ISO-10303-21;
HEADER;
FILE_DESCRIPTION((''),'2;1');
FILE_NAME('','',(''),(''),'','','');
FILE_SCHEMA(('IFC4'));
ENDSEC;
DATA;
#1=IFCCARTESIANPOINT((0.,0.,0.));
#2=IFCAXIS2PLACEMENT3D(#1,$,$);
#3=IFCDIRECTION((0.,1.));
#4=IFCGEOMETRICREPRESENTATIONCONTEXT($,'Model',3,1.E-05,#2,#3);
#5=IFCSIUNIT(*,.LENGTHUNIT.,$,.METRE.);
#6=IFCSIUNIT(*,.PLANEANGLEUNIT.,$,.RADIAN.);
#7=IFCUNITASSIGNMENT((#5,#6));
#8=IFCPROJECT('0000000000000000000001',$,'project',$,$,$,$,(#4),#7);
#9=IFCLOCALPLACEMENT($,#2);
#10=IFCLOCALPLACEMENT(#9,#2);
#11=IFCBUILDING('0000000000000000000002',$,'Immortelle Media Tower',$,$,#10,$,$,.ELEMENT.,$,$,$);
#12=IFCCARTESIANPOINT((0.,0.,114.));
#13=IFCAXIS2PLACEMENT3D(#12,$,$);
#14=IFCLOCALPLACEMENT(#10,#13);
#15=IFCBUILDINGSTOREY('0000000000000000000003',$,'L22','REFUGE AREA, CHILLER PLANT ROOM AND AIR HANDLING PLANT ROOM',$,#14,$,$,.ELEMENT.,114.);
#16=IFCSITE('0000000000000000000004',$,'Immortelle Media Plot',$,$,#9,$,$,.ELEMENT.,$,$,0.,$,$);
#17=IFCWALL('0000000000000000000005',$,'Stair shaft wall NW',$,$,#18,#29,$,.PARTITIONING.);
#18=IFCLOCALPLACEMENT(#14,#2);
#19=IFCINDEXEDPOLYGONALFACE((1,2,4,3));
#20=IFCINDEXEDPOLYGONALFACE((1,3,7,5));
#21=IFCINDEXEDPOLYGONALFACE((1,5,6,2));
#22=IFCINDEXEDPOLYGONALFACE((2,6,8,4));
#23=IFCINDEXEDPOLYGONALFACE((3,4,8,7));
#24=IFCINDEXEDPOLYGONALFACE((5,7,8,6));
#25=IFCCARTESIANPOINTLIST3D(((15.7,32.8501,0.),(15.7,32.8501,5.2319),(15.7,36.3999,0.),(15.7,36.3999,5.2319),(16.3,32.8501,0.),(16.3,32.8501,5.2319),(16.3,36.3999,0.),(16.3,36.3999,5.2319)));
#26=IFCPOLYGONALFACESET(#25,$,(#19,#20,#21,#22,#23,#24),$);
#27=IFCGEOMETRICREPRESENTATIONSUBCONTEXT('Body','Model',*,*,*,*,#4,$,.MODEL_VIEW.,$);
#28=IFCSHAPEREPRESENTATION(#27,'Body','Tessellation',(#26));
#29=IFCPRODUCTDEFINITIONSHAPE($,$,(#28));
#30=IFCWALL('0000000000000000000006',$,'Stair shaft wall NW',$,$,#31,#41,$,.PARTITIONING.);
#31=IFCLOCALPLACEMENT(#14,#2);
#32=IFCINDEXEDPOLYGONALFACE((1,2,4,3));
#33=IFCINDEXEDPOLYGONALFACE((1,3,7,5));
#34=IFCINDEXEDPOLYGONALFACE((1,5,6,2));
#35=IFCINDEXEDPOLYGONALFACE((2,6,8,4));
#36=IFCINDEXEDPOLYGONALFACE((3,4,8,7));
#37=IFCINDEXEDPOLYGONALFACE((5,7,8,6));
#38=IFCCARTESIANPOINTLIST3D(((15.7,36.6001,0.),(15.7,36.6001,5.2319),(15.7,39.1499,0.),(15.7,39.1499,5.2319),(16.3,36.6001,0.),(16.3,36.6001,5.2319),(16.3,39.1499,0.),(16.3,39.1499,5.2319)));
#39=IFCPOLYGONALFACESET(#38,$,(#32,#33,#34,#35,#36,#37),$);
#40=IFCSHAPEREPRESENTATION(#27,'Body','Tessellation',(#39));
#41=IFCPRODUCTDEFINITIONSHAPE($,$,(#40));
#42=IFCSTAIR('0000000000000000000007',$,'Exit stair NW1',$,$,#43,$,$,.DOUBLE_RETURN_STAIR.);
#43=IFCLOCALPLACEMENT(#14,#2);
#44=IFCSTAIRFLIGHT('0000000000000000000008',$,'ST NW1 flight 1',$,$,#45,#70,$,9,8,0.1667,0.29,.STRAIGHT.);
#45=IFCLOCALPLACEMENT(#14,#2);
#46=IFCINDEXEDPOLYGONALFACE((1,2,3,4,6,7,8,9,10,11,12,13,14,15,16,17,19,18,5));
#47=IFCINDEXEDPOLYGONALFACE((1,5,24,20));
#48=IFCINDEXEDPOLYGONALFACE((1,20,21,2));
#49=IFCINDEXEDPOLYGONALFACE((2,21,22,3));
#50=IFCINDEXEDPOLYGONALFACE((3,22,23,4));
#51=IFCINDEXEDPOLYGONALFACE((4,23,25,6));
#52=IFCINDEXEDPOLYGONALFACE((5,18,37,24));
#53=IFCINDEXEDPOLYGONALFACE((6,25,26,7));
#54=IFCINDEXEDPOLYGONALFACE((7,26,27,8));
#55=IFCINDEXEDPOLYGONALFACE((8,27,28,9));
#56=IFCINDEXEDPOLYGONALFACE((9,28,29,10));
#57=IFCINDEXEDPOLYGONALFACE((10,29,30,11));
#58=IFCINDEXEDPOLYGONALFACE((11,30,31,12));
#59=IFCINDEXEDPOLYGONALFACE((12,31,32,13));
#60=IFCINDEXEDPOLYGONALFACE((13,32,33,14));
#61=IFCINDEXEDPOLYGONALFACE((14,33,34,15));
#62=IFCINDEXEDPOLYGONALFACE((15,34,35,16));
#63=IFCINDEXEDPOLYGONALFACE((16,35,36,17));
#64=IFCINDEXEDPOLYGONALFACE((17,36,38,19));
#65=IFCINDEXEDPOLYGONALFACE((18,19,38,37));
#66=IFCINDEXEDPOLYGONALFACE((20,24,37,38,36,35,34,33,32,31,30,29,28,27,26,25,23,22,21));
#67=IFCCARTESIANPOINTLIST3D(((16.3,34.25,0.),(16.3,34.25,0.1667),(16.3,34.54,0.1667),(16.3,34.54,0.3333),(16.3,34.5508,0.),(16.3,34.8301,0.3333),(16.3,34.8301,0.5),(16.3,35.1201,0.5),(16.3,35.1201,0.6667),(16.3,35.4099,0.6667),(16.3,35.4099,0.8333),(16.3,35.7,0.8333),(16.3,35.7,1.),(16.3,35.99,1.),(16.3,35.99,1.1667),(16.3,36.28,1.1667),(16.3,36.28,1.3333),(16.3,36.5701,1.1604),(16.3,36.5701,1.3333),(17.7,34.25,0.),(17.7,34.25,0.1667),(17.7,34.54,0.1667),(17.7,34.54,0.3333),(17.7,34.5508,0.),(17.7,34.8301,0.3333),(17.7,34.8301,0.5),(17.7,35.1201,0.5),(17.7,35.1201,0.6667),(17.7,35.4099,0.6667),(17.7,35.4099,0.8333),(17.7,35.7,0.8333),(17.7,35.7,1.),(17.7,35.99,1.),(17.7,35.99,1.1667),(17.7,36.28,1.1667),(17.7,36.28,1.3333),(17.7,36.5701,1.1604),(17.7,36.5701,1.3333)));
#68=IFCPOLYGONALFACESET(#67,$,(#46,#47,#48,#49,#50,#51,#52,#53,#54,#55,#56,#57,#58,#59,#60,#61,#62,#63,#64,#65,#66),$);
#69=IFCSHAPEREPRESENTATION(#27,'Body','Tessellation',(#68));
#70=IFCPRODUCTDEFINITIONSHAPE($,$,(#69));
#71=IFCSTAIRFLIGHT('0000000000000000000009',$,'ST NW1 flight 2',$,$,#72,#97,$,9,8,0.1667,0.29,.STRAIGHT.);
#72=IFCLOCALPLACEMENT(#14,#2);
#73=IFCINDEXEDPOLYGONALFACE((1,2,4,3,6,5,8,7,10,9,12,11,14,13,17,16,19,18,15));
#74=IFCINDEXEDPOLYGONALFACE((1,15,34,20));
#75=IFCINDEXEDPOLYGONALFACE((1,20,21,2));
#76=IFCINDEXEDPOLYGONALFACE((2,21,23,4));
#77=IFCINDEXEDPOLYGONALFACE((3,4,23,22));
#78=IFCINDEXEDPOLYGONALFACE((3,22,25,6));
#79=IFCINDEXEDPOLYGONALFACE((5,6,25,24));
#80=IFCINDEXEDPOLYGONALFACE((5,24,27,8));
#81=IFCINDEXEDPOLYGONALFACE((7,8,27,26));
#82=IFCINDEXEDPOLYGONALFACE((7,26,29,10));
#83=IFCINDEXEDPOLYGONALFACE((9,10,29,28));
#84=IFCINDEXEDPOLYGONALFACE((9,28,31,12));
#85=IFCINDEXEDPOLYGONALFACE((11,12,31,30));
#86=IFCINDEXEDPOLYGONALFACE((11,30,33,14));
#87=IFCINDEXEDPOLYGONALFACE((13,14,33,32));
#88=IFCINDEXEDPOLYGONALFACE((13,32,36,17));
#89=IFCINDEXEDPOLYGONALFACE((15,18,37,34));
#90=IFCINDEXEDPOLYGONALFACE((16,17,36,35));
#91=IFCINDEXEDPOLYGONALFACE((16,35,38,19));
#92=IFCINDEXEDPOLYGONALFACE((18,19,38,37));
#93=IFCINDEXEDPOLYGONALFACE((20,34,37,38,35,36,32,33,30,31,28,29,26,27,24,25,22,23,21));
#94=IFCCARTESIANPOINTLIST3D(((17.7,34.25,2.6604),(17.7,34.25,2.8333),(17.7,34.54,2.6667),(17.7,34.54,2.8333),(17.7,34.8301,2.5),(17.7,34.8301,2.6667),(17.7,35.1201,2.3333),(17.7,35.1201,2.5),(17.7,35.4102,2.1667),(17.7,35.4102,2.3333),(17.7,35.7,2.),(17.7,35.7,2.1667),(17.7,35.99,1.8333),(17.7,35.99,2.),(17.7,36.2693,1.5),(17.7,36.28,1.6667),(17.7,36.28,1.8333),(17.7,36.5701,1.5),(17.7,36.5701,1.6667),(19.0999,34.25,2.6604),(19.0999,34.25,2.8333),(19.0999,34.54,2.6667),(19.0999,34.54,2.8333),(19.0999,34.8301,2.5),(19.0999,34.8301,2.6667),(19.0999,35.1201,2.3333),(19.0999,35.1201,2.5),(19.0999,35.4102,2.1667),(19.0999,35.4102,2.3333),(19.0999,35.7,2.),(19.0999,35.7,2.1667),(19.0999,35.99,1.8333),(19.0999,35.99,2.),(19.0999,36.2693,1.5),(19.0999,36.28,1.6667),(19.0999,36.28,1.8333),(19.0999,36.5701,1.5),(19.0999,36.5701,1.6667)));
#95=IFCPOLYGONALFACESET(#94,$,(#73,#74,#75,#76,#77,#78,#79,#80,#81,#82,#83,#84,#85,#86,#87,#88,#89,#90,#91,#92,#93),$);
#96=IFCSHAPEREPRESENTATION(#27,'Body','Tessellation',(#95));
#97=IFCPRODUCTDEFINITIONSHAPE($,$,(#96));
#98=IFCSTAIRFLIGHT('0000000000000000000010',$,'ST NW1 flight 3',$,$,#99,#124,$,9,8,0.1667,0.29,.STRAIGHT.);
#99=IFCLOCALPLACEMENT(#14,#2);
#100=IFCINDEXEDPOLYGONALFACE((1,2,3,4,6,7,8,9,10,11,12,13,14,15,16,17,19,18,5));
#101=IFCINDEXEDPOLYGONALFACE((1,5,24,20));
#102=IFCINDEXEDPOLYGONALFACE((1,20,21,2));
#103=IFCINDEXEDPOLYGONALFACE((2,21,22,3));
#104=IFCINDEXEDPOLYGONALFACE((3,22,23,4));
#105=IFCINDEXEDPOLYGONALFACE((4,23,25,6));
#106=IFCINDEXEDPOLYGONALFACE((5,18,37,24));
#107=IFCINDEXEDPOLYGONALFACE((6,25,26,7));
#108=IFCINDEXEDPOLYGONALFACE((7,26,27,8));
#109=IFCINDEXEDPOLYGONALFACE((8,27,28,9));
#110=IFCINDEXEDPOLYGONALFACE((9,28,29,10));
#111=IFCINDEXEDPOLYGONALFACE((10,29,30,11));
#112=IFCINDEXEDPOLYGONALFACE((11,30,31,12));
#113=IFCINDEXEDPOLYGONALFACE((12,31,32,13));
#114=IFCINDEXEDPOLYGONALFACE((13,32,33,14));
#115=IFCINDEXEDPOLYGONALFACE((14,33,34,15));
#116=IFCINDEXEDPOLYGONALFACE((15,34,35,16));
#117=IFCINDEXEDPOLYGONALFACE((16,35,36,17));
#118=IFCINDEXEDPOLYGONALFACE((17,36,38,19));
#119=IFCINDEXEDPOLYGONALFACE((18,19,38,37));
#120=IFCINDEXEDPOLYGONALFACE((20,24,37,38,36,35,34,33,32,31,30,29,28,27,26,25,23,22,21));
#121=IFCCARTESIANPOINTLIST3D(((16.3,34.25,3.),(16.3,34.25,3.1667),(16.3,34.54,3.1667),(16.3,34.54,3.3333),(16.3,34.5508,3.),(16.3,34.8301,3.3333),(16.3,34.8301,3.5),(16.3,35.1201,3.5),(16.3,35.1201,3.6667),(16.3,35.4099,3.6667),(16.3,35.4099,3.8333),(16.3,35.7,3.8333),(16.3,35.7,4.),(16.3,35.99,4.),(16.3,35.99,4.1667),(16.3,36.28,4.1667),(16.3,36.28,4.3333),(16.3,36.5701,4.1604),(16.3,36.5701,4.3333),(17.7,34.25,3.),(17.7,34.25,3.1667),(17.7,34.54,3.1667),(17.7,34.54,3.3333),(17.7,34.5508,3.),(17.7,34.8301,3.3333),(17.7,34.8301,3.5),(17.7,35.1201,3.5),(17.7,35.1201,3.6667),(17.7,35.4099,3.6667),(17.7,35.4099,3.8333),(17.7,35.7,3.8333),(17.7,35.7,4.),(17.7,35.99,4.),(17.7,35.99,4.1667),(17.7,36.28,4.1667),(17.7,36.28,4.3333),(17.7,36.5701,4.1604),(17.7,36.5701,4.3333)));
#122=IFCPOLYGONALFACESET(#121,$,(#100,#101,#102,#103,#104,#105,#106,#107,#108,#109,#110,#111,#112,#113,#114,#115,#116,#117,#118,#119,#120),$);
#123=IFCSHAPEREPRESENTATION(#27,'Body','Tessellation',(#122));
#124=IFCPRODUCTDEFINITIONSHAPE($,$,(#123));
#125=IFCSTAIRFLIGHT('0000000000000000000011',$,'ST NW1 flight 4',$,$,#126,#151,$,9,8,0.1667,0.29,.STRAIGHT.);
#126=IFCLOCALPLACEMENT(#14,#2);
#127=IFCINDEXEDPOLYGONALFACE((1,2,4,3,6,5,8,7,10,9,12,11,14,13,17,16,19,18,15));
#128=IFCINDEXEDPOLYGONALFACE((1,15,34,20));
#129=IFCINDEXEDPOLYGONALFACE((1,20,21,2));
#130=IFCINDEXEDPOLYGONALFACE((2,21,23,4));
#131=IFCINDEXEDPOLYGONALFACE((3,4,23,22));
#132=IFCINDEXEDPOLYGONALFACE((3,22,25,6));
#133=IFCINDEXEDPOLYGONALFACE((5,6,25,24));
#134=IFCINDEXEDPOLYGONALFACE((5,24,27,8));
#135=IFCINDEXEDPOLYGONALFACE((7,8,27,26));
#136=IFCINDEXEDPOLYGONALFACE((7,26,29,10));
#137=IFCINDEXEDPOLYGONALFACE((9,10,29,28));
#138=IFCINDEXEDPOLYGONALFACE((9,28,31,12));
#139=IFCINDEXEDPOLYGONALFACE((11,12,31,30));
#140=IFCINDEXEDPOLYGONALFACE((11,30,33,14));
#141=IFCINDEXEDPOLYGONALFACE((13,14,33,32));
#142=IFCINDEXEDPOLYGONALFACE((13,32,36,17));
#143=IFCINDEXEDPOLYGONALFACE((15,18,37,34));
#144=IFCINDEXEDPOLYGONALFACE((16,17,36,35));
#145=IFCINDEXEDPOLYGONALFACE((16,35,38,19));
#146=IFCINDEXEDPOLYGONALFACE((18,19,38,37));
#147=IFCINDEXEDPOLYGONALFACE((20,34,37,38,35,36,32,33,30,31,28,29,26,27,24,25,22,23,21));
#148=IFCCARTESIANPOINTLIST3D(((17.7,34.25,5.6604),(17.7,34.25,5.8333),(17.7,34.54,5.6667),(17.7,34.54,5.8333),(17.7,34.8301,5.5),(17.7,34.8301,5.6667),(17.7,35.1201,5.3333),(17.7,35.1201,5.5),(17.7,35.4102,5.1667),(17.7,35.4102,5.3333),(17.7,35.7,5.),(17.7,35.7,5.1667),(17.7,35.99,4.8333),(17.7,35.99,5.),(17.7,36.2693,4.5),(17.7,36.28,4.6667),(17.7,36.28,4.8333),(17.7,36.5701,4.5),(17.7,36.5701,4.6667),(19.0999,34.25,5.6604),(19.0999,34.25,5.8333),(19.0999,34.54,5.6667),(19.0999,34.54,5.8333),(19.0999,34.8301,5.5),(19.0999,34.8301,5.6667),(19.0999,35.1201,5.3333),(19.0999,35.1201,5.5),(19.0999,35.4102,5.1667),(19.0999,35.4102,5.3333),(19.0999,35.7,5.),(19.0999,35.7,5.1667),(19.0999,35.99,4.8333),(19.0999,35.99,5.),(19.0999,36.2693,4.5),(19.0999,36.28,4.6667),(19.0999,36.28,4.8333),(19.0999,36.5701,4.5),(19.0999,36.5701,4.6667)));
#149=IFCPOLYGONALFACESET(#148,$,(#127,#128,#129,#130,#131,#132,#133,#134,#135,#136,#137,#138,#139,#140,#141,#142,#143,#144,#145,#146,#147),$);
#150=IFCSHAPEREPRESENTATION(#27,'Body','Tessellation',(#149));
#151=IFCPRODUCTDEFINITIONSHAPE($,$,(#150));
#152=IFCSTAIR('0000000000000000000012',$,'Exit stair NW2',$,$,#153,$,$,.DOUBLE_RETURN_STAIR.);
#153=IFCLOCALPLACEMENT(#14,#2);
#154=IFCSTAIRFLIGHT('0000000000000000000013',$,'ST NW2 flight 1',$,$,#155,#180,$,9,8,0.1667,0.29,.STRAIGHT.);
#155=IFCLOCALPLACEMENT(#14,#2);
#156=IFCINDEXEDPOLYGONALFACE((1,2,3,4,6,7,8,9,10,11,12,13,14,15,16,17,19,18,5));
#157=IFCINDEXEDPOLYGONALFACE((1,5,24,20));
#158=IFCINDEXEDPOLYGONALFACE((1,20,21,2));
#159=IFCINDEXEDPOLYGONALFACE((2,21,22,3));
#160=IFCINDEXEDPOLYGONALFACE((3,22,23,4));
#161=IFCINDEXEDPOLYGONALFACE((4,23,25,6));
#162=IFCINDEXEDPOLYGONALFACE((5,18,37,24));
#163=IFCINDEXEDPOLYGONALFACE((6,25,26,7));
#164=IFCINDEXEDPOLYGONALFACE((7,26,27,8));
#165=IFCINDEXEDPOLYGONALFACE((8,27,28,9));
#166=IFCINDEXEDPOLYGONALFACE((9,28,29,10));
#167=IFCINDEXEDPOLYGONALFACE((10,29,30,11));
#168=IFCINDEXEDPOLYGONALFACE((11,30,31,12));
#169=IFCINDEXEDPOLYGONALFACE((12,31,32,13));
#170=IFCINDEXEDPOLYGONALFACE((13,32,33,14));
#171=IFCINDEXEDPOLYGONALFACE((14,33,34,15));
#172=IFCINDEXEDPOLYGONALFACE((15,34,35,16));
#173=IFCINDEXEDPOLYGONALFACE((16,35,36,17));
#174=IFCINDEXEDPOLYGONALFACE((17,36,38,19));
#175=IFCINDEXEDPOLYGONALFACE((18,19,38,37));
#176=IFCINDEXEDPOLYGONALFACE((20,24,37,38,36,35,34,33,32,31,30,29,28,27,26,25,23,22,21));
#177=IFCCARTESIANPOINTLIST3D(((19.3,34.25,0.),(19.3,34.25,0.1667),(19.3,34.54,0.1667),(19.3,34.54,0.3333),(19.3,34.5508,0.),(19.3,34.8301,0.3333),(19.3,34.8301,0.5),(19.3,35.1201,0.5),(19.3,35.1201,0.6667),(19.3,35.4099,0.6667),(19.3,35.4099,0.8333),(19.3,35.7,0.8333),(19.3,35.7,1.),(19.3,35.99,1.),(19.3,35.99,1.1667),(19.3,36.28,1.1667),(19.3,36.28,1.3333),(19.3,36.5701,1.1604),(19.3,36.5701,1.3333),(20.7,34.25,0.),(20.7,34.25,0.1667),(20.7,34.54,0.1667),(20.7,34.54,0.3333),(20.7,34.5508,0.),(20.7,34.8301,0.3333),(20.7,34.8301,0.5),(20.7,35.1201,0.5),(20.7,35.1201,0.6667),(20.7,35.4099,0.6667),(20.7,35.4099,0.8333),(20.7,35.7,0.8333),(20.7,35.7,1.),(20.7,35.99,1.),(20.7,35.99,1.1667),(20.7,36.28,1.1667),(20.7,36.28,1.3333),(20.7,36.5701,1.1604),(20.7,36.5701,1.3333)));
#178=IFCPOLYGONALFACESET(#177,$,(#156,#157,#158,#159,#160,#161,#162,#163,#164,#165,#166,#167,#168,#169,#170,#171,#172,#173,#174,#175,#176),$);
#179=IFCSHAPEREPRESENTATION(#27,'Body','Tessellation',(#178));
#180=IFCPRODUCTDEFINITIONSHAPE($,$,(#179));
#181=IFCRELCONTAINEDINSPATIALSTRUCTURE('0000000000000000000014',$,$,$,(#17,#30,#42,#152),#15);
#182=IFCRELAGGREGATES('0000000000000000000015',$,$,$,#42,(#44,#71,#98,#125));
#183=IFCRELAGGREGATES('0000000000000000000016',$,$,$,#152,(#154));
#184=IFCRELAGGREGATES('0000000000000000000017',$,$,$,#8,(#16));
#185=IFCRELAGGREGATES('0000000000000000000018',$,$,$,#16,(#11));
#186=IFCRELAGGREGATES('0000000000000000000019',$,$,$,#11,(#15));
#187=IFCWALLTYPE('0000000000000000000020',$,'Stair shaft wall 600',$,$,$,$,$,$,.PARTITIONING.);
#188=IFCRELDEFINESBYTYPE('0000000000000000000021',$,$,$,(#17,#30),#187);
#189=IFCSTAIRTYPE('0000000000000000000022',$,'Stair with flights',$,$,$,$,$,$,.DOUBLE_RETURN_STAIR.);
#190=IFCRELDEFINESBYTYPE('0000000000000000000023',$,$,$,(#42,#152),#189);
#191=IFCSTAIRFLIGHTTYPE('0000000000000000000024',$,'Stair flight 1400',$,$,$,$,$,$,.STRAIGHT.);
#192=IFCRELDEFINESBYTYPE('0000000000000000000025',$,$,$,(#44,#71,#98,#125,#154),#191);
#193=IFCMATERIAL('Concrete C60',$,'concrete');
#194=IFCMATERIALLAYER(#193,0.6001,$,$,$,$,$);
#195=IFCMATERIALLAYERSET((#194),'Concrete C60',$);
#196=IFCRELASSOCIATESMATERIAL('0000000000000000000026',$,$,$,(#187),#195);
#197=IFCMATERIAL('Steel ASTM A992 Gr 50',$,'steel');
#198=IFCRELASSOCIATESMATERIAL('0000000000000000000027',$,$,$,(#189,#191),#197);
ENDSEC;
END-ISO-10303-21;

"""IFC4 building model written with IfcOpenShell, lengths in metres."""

from ifc_helpers import new_model, si_unit, direction, frame, frame_2d, origin, place, context, subcontext, project, spatial, polyline, rectangle, outline, extrude, material, layer, layer_set, type_object, element, aggregate, save


model = new_model("IFC4")

# Units and contexts
model_context = context("Model", 3, precision=1e-05, world=origin(), true_north=direction((0.0, 1.0)))
body_context = subcontext(model_context, "Body", "Model", "MODEL_VIEW")
ifc_project = project(units=[si_unit("LENGTHUNIT", "METRE"), si_unit("PLANEANGLEUNIT", "RADIAN")], contexts=[model_context])

# Site, building, storey
site_placement = place(None, origin())
site = spatial("IfcSite", under=ifc_project, at=site_placement, Name="Immortelle Media Plot", CompositionType="ELEMENT", RefElevation=0.0)
building_placement = place(site_placement, origin())
building = spatial("IfcBuilding", under=site, at=building_placement, Name="Immortelle Media Tower", CompositionType="ELEMENT")
storey_placement = place(building_placement, frame((0.0, 0.0, 114.0)))
storey = spatial("IfcBuildingStorey", under=building, at=storey_placement, Name="L22", Description="REFUGE AREA, CHILLER PLANT ROOM AND AIR HANDLING PLANT ROOM", CompositionType="ELEMENT", Elevation=114.0)

# Shared definitions
ifc_material_1 = material(Name="Steel ASTM A992 Gr 50", Category="steel")

# Walls
ifc_material_2 = material(Name="Concrete C60", Category="concrete")
ifc_layer_1 = layer(ifc_material_2, 0.6001)
ifc_layer_set_1 = layer_set([ifc_layer_1], Name="Concrete C60")
wall_type_1 = type_object("IfcWallType", Name="Stair shaft wall 600", PredefinedType="PARTITIONING", material=ifc_layer_set_1)
wall_1_placement = place(storey_placement, frame((16.0, 32.8501, 0.0), z_axis=(0.0, 0.0, 1.0), x_axis=(0.0, 1.0, 0.0)))
element("IfcWall", 1, at=wall_1_placement, inside=storey, type_object=wall_type_1, Name="Stair shaft wall NW", PredefinedType="PARTITIONING", context=body_context, shape_type="SweptSolid", body=[
    extrude(rectangle(XDim=3.5498, YDim=0.6001, at=frame_2d((1.7749, 0.0))), origin(), (0.0, 0.0, 1.0), 5.2319),
])
wall_2_placement = place(storey_placement, frame((16.0, 36.6001, 0.0), z_axis=(0.0, 0.0, 1.0), x_axis=(0.0, 1.0, 0.0)))
element("IfcWall", 2, at=wall_2_placement, inside=storey, type_object=wall_type_1, Name="Stair shaft wall NW", PredefinedType="PARTITIONING", context=body_context, shape_type="SweptSolid", body=[
    extrude(rectangle(XDim=2.5498, YDim=0.6001, at=frame_2d((1.2749, 0.0))), origin(), (0.0, 0.0, 1.0), 5.2319),
])

# Stairs, stair flights
stair_type = type_object("IfcStairType", Name="Stair with flights", PredefinedType="DOUBLE_RETURN_STAIR", material=ifc_material_1)
stair_1_placement = place(storey_placement, origin())
stair_1 = element("IfcStair", 3, at=stair_1_placement, inside=storey, type_object=stair_type, Name="Exit stair NW1", PredefinedType="DOUBLE_RETURN_STAIR")
stair_flight_type = type_object("IfcStairFlightType", Name="Stair flight 1400", PredefinedType="STRAIGHT", material=ifc_material_1)
stair_flight_1_placement = place(storey_placement, frame((17.0, 34.25, 0.0), z_axis=(0.0, 0.0, 1.0), x_axis=(0.0, 1.0, 0.0)))
stair_flight_1 = element("IfcStairFlight", 4, at=stair_flight_1_placement, type_object=stair_flight_type, Name="ST NW1 flight 1", NumberOfRisers=9, NumberOfTreads=8, PredefinedType="STRAIGHT", RiserHeight=0.1667, TreadLength=0.29, context=body_context, shape_type="SweptSolid", body=[
    extrude(outline(polyline([(0.0, 0.0), (0.0, 0.1667), (0.29, 0.1667), (0.29, 0.3333), (0.5801, 0.3333), (0.5801, 0.5), (0.8701, 0.5), (0.8701, 0.6667), (1.1599, 0.6667), (1.1599, 0.8333), (1.45, 0.8333), (1.45, 1.0), (1.74, 1.0), (1.74, 1.1667), (2.03, 1.1667), (2.03, 1.3333), (2.3201, 1.3333), (2.3201, 1.5), (2.3201, 1.1604), (0.3008, 0.0), (0.0, 0.0)])), frame((0.0, 0.7, 0.0), z_axis=(0.0, -1.0, 0.0), x_axis=(1.0, 0.0, 0.0)), (0.0, 0.0, 1.0), 1.3999),
])
stair_flight_2_placement = place(storey_placement, frame((18.3999, 36.5701, 1.5), z_axis=(0.0, 0.0, 1.0), x_axis=(0.0, -1.0, 0.0)))
stair_flight_2 = element("IfcStairFlight", 5, at=stair_flight_2_placement, type_object=stair_flight_type, Name="ST NW1 flight 2", NumberOfRisers=9, NumberOfTreads=8, PredefinedType="STRAIGHT", RiserHeight=0.1667, TreadLength=0.29, context=body_context, shape_type="SweptSolid", body=[
    extrude(outline(polyline([(0.0, 0.0), (0.0, 0.1667), (0.29, 0.1667), (0.29, 0.3333), (0.5801, 0.3333), (0.5801, 0.5), (0.8701, 0.5), (0.8701, 0.6667), (1.1599, 0.6667), (1.1599, 0.8333), (1.45, 0.8333), (1.45, 1.0), (1.74, 1.0), (1.74, 1.1667), (2.03, 1.1667), (2.03, 1.3333), (2.3201, 1.3333), (2.3201, 1.5), (2.3201, 1.1604), (0.3008, 0.0), (0.0, 0.0)])), frame((0.0, 0.7, 0.0), z_axis=(0.0, -1.0, 0.0), x_axis=(1.0, 0.0, 0.0)), (0.0, 0.0, 1.0), 1.3999),
])
stair_flight_3_placement = place(storey_placement, frame((17.0, 34.25, 3.0), z_axis=(0.0, 0.0, 1.0), x_axis=(0.0, 1.0, 0.0)))
stair_flight_3 = element("IfcStairFlight", 6, at=stair_flight_3_placement, type_object=stair_flight_type, Name="ST NW1 flight 3", NumberOfRisers=9, NumberOfTreads=8, PredefinedType="STRAIGHT", RiserHeight=0.1667, TreadLength=0.29, context=body_context, shape_type="SweptSolid", body=[
    extrude(outline(polyline([(0.0, 0.0), (0.0, 0.1667), (0.29, 0.1667), (0.29, 0.3333), (0.5801, 0.3333), (0.5801, 0.5), (0.8701, 0.5), (0.8701, 0.6667), (1.1599, 0.6667), (1.1599, 0.8333), (1.45, 0.8333), (1.45, 1.0), (1.74, 1.0), (1.74, 1.1667), (2.03, 1.1667), (2.03, 1.3333), (2.3201, 1.3333), (2.3201, 1.5), (2.3201, 1.1604), (0.3008, 0.0), (0.0, 0.0)])), frame((0.0, 0.7, 0.0), z_axis=(0.0, -1.0, 0.0), x_axis=(1.0, 0.0, 0.0)), (0.0, 0.0, 1.0), 1.3999),
])
stair_flight_4_placement = place(storey_placement, frame((18.3999, 36.5701, 4.5), z_axis=(0.0, 0.0, 1.0), x_axis=(0.0, -1.0, 0.0)))
stair_flight_4 = element("IfcStairFlight", 7, at=stair_flight_4_placement, type_object=stair_flight_type, Name="ST NW1 flight 4", NumberOfRisers=9, NumberOfTreads=8, PredefinedType="STRAIGHT", RiserHeight=0.1667, TreadLength=0.29, context=body_context, shape_type="SweptSolid", body=[
    extrude(outline(polyline([(0.0, 0.0), (0.0, 0.1667), (0.29, 0.1667), (0.29, 0.3333), (0.5801, 0.3333), (0.5801, 0.5), (0.8701, 0.5), (0.8701, 0.6667), (1.1599, 0.6667), (1.1599, 0.8333), (1.45, 0.8333), (1.45, 1.0), (1.74, 1.0), (1.74, 1.1667), (2.03, 1.1667), (2.03, 1.3333), (2.3201, 1.3333), (2.3201, 1.5), (2.3201, 1.1604), (0.3008, 0.0), (0.0, 0.0)])), frame((0.0, 0.7, 0.0), z_axis=(0.0, -1.0, 0.0), x_axis=(1.0, 0.0, 0.0)), (0.0, 0.0, 1.0), 1.3999),
])
aggregate(stair_1, [stair_flight_1, stair_flight_2, stair_flight_3, stair_flight_4])
stair_2_placement = place(storey_placement, origin())
stair_2 = element("IfcStair", 8, at=stair_2_placement, inside=storey, type_object=stair_type, Name="Exit stair NW2", PredefinedType="DOUBLE_RETURN_STAIR")
stair_flight_5_placement = place(storey_placement, frame((20.0, 34.25, 0.0), z_axis=(0.0, 0.0, 1.0), x_axis=(0.0, 1.0, 0.0)))
stair_flight_5 = element("IfcStairFlight", 9, at=stair_flight_5_placement, type_object=stair_flight_type, Name="ST NW2 flight 1", NumberOfRisers=9, NumberOfTreads=8, PredefinedType="STRAIGHT", RiserHeight=0.1667, TreadLength=0.29, context=body_context, shape_type="SweptSolid", body=[
    extrude(outline(polyline([(0.0, 0.0), (0.0, 0.1667), (0.29, 0.1667), (0.29, 0.3333), (0.5801, 0.3333), (0.5801, 0.5), (0.8701, 0.5), (0.8701, 0.6667), (1.1599, 0.6667), (1.1599, 0.8333), (1.45, 0.8333), (1.45, 1.0), (1.74, 1.0), (1.74, 1.1667), (2.03, 1.1667), (2.03, 1.3333), (2.3201, 1.3333), (2.3201, 1.5), (2.3201, 1.1604), (0.3008, 0.0), (0.0, 0.0)])), frame((0.0, 0.7, 0.0), z_axis=(0.0, -1.0, 0.0), x_axis=(1.0, 0.0, 0.0)), (0.0, 0.0, 1.0), 1.3999),
])
aggregate(stair_2, [stair_flight_5])

save(model, "model.ifc")
